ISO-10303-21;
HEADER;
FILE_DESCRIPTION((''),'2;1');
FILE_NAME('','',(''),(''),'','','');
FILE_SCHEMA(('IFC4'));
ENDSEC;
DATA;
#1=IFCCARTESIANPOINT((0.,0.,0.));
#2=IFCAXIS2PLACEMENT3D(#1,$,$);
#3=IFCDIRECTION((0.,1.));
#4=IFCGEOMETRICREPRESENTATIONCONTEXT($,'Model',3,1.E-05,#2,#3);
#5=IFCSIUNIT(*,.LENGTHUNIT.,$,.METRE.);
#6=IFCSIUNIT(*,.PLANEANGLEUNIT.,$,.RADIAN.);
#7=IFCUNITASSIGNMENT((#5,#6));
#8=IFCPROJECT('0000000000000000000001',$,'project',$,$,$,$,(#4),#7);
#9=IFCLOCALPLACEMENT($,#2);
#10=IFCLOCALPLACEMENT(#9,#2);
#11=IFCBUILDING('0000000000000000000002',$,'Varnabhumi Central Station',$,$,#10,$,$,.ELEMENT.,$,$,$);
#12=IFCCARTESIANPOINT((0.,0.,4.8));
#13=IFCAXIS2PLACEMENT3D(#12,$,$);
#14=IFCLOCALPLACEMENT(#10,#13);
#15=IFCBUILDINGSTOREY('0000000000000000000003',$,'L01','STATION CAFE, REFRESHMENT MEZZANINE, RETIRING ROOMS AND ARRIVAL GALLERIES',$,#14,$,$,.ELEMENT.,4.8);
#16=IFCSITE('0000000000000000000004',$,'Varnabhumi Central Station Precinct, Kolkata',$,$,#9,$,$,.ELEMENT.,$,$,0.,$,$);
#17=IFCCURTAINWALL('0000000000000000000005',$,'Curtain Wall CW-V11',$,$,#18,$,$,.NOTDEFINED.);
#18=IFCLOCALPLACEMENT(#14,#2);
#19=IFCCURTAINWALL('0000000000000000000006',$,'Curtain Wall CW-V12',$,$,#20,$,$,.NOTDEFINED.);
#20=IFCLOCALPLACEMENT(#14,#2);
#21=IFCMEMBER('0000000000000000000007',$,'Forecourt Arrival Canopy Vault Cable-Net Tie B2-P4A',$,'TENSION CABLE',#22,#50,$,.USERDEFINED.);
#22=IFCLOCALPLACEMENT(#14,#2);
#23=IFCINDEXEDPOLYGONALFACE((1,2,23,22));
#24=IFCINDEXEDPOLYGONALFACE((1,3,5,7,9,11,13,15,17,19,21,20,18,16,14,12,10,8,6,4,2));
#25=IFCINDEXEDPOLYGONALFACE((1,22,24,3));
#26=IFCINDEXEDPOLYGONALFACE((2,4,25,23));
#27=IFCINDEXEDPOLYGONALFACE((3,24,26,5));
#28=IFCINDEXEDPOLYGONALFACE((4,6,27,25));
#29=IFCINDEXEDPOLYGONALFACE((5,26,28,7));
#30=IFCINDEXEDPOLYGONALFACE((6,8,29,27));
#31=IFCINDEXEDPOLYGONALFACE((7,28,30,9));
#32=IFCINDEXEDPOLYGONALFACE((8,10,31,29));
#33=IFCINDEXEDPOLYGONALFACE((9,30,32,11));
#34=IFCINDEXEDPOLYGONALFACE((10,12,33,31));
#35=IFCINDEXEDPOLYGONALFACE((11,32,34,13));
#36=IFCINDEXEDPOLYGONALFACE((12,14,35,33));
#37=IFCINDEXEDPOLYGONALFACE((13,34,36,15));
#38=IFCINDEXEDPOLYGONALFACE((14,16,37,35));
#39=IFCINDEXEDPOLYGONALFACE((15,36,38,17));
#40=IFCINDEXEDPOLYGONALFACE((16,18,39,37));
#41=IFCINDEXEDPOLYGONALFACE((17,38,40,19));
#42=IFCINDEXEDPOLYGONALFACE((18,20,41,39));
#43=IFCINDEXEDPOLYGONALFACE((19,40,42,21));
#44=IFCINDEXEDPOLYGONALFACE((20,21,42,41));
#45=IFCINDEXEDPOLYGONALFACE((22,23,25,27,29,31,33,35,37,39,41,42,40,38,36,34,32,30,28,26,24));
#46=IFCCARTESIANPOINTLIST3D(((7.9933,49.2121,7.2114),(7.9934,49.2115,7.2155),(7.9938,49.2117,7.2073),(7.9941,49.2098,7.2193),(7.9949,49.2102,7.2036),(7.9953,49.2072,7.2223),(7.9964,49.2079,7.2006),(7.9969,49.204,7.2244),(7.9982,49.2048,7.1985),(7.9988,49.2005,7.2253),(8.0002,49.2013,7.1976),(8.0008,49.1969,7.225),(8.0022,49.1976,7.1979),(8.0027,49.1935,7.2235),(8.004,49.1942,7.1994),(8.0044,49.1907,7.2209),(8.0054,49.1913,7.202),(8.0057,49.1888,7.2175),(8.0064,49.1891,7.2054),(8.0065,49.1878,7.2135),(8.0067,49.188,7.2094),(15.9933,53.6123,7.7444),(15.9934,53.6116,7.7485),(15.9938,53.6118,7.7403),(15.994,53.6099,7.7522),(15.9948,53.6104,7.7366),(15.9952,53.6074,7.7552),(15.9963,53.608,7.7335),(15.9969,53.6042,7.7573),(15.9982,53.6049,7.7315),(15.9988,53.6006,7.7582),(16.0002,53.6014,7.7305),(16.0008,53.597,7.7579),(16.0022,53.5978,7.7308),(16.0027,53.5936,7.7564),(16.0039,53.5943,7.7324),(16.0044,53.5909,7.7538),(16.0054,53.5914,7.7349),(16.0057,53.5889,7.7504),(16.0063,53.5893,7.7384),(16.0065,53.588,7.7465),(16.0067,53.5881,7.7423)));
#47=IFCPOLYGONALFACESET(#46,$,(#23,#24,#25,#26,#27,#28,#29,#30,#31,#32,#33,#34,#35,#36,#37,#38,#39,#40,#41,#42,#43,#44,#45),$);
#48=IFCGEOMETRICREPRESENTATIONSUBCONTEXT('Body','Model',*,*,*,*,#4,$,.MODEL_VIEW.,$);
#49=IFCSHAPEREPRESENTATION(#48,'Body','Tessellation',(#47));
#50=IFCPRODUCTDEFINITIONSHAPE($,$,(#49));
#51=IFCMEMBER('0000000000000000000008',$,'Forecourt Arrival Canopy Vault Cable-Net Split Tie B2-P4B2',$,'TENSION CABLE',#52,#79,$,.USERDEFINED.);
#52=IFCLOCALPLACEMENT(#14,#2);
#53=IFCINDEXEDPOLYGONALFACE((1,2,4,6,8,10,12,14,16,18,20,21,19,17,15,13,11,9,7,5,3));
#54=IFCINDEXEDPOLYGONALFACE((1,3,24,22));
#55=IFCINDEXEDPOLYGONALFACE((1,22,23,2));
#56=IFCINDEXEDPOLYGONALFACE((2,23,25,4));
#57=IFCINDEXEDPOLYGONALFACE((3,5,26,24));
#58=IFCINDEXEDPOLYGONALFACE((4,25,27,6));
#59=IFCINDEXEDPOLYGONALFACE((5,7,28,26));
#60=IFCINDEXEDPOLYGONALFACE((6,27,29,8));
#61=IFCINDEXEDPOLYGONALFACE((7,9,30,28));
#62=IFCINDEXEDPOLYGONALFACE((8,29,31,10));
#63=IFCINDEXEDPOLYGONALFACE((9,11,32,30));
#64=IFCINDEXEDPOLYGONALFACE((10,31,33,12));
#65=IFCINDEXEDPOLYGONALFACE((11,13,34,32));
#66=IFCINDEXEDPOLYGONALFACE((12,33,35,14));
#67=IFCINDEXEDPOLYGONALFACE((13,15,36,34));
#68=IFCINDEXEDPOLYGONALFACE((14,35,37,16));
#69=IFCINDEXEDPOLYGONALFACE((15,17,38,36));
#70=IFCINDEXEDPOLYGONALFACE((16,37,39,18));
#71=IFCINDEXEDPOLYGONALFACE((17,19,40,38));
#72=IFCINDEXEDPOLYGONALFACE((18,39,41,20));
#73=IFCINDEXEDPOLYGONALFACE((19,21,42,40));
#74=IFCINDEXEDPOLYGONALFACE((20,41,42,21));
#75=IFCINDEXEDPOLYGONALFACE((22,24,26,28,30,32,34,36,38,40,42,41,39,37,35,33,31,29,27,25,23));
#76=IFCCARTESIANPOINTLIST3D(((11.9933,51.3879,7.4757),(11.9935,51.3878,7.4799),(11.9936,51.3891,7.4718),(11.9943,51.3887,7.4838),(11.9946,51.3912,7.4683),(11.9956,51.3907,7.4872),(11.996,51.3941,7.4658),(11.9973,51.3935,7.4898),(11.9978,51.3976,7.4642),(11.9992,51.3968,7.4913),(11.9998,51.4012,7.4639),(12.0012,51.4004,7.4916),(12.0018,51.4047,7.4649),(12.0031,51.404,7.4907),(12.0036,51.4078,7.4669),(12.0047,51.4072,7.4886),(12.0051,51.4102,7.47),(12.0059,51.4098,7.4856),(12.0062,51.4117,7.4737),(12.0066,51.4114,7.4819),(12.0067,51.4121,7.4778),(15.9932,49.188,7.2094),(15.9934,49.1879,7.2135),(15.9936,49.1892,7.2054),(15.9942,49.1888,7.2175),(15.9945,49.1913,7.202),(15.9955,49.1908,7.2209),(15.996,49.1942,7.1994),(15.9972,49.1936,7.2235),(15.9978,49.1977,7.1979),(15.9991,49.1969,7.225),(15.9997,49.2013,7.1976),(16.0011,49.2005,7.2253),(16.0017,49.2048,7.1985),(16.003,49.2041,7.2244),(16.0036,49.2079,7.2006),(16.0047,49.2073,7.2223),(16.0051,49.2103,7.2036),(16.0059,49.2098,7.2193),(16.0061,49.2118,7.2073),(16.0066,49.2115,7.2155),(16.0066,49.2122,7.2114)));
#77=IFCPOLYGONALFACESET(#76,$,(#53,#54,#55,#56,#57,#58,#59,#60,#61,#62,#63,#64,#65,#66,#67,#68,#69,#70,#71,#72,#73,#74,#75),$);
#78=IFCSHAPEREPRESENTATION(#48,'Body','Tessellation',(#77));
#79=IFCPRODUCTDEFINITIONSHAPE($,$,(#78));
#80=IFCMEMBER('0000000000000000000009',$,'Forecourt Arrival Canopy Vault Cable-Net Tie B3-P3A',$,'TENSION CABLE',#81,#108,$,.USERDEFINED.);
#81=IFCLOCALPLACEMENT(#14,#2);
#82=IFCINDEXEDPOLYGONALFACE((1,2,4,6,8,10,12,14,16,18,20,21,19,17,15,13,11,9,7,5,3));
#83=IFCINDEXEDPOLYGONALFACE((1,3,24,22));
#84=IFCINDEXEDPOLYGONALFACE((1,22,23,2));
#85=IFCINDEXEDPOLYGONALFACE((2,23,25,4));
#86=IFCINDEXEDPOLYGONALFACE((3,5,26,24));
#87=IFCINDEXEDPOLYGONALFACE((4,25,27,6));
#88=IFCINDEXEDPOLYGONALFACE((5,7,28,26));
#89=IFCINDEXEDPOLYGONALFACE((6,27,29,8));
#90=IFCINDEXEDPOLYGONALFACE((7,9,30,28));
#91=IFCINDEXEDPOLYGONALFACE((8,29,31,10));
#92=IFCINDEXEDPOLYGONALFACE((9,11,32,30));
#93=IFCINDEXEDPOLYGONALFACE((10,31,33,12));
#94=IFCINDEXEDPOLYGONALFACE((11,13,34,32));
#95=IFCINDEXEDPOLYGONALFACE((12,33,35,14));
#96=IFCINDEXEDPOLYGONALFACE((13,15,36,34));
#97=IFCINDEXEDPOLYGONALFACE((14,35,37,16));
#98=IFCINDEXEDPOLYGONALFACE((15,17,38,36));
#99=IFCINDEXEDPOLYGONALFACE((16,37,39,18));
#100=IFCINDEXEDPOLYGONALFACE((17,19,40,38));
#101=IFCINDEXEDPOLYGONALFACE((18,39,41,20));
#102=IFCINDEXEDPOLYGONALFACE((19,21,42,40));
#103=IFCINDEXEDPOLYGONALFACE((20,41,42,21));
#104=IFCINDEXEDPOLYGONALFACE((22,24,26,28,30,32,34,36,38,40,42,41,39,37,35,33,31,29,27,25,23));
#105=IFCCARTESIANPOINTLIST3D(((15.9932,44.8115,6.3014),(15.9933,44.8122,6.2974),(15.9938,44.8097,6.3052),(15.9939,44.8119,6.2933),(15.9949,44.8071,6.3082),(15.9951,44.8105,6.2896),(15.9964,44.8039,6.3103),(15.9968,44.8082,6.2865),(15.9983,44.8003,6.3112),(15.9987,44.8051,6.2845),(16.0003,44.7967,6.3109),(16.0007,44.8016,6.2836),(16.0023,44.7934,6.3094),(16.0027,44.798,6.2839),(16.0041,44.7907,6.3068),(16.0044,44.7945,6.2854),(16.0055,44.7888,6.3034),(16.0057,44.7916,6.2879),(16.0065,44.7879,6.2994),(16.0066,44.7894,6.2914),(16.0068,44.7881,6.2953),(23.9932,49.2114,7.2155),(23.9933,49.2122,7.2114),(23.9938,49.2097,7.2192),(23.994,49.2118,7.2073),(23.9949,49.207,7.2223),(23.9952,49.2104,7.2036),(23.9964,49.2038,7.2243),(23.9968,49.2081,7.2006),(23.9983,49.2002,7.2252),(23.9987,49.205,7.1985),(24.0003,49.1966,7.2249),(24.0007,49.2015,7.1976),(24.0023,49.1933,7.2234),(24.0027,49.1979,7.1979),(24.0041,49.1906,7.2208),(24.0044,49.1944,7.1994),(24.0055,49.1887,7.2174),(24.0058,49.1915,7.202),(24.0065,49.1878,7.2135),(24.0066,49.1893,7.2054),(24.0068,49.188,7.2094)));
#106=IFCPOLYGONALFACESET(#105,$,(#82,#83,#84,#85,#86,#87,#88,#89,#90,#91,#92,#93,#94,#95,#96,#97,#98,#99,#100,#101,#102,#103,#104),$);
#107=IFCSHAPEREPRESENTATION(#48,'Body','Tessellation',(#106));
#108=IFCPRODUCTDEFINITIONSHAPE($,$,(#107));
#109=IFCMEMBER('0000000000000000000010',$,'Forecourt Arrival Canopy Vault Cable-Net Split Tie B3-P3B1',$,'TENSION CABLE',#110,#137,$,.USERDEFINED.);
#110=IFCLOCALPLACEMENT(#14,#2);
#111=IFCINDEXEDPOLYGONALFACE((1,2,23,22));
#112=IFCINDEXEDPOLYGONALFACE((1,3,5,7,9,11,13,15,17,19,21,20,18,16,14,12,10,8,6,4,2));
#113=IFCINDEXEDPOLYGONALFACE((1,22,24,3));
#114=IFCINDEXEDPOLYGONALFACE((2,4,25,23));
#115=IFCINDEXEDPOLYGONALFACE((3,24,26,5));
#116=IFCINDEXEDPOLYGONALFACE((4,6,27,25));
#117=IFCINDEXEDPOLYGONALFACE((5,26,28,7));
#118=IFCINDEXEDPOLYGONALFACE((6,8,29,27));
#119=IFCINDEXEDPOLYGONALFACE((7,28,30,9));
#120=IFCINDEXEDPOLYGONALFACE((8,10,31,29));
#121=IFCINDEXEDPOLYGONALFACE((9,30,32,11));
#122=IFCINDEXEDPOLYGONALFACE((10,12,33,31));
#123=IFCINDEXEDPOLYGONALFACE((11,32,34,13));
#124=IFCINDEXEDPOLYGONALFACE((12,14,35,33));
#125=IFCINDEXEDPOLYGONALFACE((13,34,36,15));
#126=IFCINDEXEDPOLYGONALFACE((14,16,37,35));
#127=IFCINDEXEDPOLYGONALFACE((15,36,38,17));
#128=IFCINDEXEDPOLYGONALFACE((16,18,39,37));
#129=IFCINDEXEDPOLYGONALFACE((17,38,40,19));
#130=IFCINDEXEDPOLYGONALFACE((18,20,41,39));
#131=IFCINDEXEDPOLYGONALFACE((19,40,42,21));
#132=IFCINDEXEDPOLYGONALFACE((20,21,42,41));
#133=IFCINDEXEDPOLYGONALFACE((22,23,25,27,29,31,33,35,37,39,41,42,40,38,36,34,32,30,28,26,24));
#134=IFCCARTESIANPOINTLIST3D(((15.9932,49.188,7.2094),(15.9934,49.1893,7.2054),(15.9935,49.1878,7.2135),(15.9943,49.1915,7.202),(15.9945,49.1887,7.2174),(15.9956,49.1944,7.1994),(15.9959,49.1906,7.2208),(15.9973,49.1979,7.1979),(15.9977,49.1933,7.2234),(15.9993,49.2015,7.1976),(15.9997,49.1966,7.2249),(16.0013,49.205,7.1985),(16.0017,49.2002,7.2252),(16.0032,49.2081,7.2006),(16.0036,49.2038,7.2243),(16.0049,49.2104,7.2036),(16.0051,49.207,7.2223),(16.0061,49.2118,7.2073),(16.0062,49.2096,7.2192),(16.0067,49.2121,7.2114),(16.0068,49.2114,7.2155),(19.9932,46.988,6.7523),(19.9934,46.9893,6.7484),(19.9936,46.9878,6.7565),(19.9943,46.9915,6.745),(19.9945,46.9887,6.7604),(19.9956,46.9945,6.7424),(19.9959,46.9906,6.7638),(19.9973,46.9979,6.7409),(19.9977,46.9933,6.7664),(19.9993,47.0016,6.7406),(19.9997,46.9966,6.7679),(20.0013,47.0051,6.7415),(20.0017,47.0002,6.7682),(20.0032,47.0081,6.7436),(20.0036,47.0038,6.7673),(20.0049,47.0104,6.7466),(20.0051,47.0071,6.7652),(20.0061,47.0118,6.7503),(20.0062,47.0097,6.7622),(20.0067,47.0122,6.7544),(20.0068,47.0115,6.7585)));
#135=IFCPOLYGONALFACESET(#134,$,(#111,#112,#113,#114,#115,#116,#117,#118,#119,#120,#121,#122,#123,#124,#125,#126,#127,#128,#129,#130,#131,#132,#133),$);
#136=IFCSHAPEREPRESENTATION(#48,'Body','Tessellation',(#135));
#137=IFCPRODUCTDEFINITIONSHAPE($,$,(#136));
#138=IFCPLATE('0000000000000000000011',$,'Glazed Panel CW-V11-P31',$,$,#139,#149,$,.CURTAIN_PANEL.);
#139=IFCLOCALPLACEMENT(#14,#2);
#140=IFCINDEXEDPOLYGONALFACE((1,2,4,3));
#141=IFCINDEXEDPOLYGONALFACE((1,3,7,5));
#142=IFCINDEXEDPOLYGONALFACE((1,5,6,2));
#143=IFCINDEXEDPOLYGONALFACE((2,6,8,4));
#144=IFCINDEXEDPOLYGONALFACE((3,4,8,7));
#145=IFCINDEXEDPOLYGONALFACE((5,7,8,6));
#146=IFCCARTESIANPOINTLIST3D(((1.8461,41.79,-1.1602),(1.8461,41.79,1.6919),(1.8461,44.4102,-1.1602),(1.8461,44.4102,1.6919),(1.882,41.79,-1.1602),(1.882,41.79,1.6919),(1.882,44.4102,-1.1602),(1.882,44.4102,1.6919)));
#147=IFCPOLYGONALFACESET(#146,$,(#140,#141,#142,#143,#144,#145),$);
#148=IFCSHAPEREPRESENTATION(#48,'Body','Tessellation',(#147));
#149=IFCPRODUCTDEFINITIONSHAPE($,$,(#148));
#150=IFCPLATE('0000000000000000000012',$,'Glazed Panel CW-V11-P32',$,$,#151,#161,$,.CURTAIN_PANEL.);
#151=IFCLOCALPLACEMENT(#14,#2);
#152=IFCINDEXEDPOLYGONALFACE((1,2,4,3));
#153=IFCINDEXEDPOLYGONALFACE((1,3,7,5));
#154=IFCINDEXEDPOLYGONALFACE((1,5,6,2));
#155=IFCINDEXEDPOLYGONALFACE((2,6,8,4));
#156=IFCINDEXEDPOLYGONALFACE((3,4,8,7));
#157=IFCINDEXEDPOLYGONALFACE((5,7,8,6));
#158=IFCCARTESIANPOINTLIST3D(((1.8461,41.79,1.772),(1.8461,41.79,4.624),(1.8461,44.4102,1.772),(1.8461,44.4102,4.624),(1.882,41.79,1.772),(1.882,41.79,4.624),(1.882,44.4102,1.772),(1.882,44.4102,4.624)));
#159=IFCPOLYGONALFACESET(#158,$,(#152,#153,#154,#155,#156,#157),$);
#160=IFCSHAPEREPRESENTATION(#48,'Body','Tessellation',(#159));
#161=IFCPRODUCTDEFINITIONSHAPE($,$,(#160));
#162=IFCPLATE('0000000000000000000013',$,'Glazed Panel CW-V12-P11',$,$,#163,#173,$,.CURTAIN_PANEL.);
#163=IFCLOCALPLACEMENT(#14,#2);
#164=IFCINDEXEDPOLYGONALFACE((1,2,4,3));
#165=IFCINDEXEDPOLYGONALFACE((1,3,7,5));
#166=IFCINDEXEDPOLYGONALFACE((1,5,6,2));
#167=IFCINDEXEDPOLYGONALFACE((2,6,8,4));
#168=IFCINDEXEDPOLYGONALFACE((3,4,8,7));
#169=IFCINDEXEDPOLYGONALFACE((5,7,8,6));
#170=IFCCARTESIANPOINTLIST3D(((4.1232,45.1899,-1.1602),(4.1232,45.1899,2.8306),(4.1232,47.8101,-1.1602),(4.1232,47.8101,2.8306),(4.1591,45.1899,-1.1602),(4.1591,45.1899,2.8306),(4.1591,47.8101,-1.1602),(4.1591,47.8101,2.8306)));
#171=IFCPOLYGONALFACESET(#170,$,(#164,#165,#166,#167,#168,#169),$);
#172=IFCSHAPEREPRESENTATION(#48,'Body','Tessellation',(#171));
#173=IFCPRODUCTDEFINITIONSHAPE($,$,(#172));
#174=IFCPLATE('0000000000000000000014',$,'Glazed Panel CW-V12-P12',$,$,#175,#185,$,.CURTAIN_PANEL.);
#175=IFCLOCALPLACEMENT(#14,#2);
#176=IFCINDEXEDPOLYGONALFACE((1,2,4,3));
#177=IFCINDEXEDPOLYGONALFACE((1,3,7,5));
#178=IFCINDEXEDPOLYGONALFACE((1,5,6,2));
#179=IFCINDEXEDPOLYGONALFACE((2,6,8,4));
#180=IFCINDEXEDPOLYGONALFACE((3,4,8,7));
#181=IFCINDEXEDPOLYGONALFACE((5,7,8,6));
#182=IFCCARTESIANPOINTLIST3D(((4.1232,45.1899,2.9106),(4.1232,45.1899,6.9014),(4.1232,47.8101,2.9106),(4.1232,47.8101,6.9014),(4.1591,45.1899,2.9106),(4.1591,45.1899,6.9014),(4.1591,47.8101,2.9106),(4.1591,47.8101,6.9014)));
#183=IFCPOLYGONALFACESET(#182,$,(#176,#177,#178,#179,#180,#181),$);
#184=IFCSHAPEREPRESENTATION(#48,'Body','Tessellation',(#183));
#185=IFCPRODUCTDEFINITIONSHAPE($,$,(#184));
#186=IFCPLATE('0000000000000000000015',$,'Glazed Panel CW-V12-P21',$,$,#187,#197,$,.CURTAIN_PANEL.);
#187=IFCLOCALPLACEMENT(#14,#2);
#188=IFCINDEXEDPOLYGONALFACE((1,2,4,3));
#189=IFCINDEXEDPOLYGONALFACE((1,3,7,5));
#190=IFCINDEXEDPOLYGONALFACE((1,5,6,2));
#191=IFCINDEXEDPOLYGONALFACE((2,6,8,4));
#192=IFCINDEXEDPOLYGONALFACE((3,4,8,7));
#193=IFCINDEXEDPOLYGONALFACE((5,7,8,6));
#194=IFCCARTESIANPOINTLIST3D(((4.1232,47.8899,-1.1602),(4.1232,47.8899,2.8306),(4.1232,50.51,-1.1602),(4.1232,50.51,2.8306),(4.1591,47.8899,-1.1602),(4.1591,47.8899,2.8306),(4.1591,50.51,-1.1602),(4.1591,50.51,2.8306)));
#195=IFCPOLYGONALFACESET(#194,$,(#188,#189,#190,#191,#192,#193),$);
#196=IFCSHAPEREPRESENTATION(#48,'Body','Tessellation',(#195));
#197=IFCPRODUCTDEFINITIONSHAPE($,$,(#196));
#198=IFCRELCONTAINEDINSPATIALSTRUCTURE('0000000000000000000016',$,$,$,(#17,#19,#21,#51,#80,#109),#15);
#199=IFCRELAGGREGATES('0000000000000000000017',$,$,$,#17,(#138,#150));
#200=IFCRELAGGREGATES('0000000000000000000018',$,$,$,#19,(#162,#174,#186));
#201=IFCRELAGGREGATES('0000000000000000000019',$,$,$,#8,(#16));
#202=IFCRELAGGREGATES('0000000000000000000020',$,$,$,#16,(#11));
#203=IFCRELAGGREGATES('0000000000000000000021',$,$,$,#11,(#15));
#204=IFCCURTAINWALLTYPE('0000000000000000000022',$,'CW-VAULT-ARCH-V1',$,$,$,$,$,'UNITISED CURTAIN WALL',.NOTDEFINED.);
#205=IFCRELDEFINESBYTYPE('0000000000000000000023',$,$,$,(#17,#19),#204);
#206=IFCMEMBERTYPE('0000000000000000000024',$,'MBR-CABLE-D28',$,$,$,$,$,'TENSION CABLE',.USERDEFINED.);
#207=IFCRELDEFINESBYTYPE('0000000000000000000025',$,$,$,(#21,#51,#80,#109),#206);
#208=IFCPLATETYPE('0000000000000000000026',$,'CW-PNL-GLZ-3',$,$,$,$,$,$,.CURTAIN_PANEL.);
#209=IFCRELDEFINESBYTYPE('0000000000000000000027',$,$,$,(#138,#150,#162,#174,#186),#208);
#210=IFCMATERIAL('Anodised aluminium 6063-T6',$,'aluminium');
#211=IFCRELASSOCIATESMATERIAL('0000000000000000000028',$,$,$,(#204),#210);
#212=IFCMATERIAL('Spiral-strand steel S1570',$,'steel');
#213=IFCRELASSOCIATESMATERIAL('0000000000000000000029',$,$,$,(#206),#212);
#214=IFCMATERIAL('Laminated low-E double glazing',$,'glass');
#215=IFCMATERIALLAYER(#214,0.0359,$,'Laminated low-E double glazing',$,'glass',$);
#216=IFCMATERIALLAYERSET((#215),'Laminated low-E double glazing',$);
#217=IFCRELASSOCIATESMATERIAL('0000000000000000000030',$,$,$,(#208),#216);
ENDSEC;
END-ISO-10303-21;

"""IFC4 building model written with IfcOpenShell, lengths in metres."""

from ifc_helpers import new_model, si_unit, direction, frame, origin, origin_2d, place, context, subcontext, project, spatial, rectangle, circle, extrude, material, layer, layer_set, material_profile, profile_set, type_object, element, aggregate, save


model = new_model("IFC4")

# Units and contexts
model_context = context("Model", 3, precision=1e-05, world=origin(), true_north=direction((0.0, 1.0)))
body_context = subcontext(model_context, "Body", "Model", "MODEL_VIEW")
ifc_project = project(units=[si_unit("LENGTHUNIT", "METRE"), si_unit("PLANEANGLEUNIT", "RADIAN")], contexts=[model_context])

# Site, building, storey
site_placement = place(None, origin())
site = spatial("IfcSite", under=ifc_project, at=site_placement, Name="Varnabhumi Central Station Precinct, Kolkata", CompositionType="ELEMENT", RefElevation=0.0)
building_placement = place(site_placement, origin())
building = spatial("IfcBuilding", under=site, at=building_placement, Name="Varnabhumi Central Station", CompositionType="ELEMENT")
storey_placement = place(building_placement, frame((0.0, 0.0, 4.8)))
storey = spatial("IfcBuildingStorey", under=building, at=storey_placement, Name="L01", Description="STATION CAFE, REFRESHMENT MEZZANINE, RETIRING ROOMS AND ARRIVAL GALLERIES", CompositionType="ELEMENT", Elevation=4.8)

# Curtain walls
ifc_material_1 = material(Name="Anodised aluminium 6063-T6", Category="aluminium")
curtain_wall_type = type_object("IfcCurtainWallType", Name="CW-VAULT-ARCH-V1", ElementType="UNITISED CURTAIN WALL", PredefinedType="NOTDEFINED", material=ifc_material_1)
curtain_wall_1_placement = place(storey_placement, origin())
curtain_wall_1 = element("IfcCurtainWall", 1, at=curtain_wall_1_placement, inside=storey, type_object=curtain_wall_type, Name="Curtain Wall CW-V11", PredefinedType="NOTDEFINED")
curtain_wall_2_placement = place(storey_placement, origin())
curtain_wall_2 = element("IfcCurtainWall", 2, at=curtain_wall_2_placement, inside=storey, type_object=curtain_wall_type, Name="Curtain Wall CW-V12", PredefinedType="NOTDEFINED")

# Members
ifc_material_2 = material(Name="Spiral-strand steel S1570", Category="steel")
ifc_material_profile_1 = material_profile(ifc_material_2, circle(Radius=0.0139, at=origin_2d()), Name="Spiral-strand steel S1570", Category="steel")
ifc_profile_set_1 = profile_set([ifc_material_profile_1], Name="Spiral-strand steel S1570")
member_type_1 = type_object("IfcMemberType", Name="MBR-CABLE-D28", ElementType="TENSION CABLE", PredefinedType="USERDEFINED", material=ifc_profile_set_1)
member_1_placement = place(storey_placement, frame((8.0, 49.2, 7.2114), z_axis=(0.87472, 0.481112, 0.058274), x_axis=(-0.481931, 0.876209, 0.0)))
element("IfcMember", 3, at=member_1_placement, inside=storey, type_object=member_type_1, Name="Forecourt Arrival Canopy Vault Cable-Net Tie B2-P4A", ObjectType="TENSION CABLE", PredefinedType="USERDEFINED", context=body_context, shape_type="SweptSolid", body=[
    extrude(circle(Radius=0.0139, at=origin_2d()), origin(), (0.0, 0.0, 1.0), 9.1458),
])
member_2_placement = place(storey_placement, frame((12.0, 51.3999, 7.4778), z_axis=(0.874733, -0.481092, -0.058248), x_axis=(0.481911, 0.87622, 0.0)))
element("IfcMember", 4, at=member_2_placement, inside=storey, type_object=member_type_1, Name="Forecourt Arrival Canopy Vault Cable-Net Split Tie B2-P4B2", ObjectType="TENSION CABLE", PredefinedType="USERDEFINED", context=body_context, shape_type="SweptSolid", body=[
    extrude(circle(Radius=0.0139, at=origin_2d()), origin(), (0.0, 0.0, 1.0), 4.5728),
])
member_3_placement = place(storey_placement, frame((16.0, 44.8, 6.2974), z_axis=(0.871862, 0.479513, 0.099617), x_axis=(-0.481911, 0.87622, 0.0)))
element("IfcMember", 5, at=member_3_placement, inside=storey, type_object=member_type_1, Name="Forecourt Arrival Canopy Vault Cable-Net Tie B3-P3A", ObjectType="TENSION CABLE", PredefinedType="USERDEFINED", context=body_context, shape_type="SweptSolid", body=[
    extrude(circle(Radius=0.0139, at=origin_2d()), origin(), (0.0, 0.0, 1.0), 9.1758),
])
member_4_placement = place(storey_placement, frame((16.0, 49.2, 7.2114), z_axis=(0.871862, -0.479513, -0.099617), x_axis=(0.481911, 0.87622, 0.0)))
element("IfcMember", 6, at=member_4_placement, inside=storey, type_object=member_type_1, Name="Forecourt Arrival Canopy Vault Cable-Net Split Tie B3-P3B1", ObjectType="TENSION CABLE", PredefinedType="USERDEFINED", context=body_context, shape_type="SweptSolid", body=[
    extrude(circle(Radius=0.0139, at=origin_2d()), origin(), (0.0, 0.0, 1.0), 4.5879),
])

# Plates
ifc_material_3 = material(Name="Laminated low-E double glazing", Category="glass")
ifc_layer_1 = layer(ifc_material_3, 0.0359, Name="Laminated low-E double glazing", Category="glass")
ifc_layer_set_1 = layer_set([ifc_layer_1], Name="Laminated low-E double glazing")
plate_type_1 = type_object("IfcPlateType", Name="CW-PNL-GLZ-3", PredefinedType="CURTAIN_PANEL", material=ifc_layer_set_1)
plate_1_placement = place(storey_placement, frame((1.864, 43.1001, -1.1602), z_axis=(0.0, 0.0, 1.0), x_axis=(0.0, 1.0, 0.0)))
plate_1 = element("IfcPlate", 7, at=plate_1_placement, type_object=plate_type_1, Name="Glazed Panel CW-V11-P31", PredefinedType="CURTAIN_PANEL", context=body_context, shape_type="SweptSolid", body=[
    extrude(rectangle(XDim=2.6201, YDim=0.0359, at=origin_2d()), origin(), (0.0, 0.0, 1.0), 2.8521),
])
plate_2_placement = place(storey_placement, frame((1.864, 43.1001, 1.772), z_axis=(0.0, 0.0, 1.0), x_axis=(0.0, 1.0, 0.0)))
plate_2 = element("IfcPlate", 8, at=plate_2_placement, type_object=plate_type_1, Name="Glazed Panel CW-V11-P32", PredefinedType="CURTAIN_PANEL", context=body_context, shape_type="SweptSolid", body=[
    extrude(rectangle(XDim=2.6201, YDim=0.0359, at=origin_2d()), origin(), (0.0, 0.0, 1.0), 2.8521),
])
aggregate(curtain_wall_1, [plate_1, plate_2])
plate_3_placement = place(storey_placement, frame((4.1411, 46.5, -1.1602), z_axis=(0.0, 0.0, 1.0), x_axis=(0.0, 1.0, 0.0)))
plate_3 = element("IfcPlate", 9, at=plate_3_placement, type_object=plate_type_1, Name="Glazed Panel CW-V12-P11", PredefinedType="CURTAIN_PANEL", context=body_context, shape_type="SweptSolid", body=[
    extrude(rectangle(XDim=2.6201, YDim=0.0359, at=origin_2d()), origin(), (0.0, 0.0, 1.0), 3.9907),
])
plate_4_placement = place(storey_placement, frame((4.1411, 46.5, 2.9106), z_axis=(0.0, 0.0, 1.0), x_axis=(0.0, 1.0, 0.0)))
plate_4 = element("IfcPlate", 10, at=plate_4_placement, type_object=plate_type_1, Name="Glazed Panel CW-V12-P12", PredefinedType="CURTAIN_PANEL", context=body_context, shape_type="SweptSolid", body=[
    extrude(rectangle(XDim=2.6201, YDim=0.0359, at=origin_2d()), origin(), (0.0, 0.0, 1.0), 3.9907),
])
plate_5_placement = place(storey_placement, frame((4.1411, 49.2, -1.1602), z_axis=(0.0, 0.0, 1.0), x_axis=(0.0, 1.0, 0.0)))
plate_5 = element("IfcPlate", 11, at=plate_5_placement, type_object=plate_type_1, Name="Glazed Panel CW-V12-P21", PredefinedType="CURTAIN_PANEL", context=body_context, shape_type="SweptSolid", body=[
    extrude(rectangle(XDim=2.6201, YDim=0.0359, at=origin_2d()), origin(), (0.0, 0.0, 1.0), 3.9907),
])
aggregate(curtain_wall_2, [plate_3, plate_4, plate_5])

save(model, "model.ifc")
